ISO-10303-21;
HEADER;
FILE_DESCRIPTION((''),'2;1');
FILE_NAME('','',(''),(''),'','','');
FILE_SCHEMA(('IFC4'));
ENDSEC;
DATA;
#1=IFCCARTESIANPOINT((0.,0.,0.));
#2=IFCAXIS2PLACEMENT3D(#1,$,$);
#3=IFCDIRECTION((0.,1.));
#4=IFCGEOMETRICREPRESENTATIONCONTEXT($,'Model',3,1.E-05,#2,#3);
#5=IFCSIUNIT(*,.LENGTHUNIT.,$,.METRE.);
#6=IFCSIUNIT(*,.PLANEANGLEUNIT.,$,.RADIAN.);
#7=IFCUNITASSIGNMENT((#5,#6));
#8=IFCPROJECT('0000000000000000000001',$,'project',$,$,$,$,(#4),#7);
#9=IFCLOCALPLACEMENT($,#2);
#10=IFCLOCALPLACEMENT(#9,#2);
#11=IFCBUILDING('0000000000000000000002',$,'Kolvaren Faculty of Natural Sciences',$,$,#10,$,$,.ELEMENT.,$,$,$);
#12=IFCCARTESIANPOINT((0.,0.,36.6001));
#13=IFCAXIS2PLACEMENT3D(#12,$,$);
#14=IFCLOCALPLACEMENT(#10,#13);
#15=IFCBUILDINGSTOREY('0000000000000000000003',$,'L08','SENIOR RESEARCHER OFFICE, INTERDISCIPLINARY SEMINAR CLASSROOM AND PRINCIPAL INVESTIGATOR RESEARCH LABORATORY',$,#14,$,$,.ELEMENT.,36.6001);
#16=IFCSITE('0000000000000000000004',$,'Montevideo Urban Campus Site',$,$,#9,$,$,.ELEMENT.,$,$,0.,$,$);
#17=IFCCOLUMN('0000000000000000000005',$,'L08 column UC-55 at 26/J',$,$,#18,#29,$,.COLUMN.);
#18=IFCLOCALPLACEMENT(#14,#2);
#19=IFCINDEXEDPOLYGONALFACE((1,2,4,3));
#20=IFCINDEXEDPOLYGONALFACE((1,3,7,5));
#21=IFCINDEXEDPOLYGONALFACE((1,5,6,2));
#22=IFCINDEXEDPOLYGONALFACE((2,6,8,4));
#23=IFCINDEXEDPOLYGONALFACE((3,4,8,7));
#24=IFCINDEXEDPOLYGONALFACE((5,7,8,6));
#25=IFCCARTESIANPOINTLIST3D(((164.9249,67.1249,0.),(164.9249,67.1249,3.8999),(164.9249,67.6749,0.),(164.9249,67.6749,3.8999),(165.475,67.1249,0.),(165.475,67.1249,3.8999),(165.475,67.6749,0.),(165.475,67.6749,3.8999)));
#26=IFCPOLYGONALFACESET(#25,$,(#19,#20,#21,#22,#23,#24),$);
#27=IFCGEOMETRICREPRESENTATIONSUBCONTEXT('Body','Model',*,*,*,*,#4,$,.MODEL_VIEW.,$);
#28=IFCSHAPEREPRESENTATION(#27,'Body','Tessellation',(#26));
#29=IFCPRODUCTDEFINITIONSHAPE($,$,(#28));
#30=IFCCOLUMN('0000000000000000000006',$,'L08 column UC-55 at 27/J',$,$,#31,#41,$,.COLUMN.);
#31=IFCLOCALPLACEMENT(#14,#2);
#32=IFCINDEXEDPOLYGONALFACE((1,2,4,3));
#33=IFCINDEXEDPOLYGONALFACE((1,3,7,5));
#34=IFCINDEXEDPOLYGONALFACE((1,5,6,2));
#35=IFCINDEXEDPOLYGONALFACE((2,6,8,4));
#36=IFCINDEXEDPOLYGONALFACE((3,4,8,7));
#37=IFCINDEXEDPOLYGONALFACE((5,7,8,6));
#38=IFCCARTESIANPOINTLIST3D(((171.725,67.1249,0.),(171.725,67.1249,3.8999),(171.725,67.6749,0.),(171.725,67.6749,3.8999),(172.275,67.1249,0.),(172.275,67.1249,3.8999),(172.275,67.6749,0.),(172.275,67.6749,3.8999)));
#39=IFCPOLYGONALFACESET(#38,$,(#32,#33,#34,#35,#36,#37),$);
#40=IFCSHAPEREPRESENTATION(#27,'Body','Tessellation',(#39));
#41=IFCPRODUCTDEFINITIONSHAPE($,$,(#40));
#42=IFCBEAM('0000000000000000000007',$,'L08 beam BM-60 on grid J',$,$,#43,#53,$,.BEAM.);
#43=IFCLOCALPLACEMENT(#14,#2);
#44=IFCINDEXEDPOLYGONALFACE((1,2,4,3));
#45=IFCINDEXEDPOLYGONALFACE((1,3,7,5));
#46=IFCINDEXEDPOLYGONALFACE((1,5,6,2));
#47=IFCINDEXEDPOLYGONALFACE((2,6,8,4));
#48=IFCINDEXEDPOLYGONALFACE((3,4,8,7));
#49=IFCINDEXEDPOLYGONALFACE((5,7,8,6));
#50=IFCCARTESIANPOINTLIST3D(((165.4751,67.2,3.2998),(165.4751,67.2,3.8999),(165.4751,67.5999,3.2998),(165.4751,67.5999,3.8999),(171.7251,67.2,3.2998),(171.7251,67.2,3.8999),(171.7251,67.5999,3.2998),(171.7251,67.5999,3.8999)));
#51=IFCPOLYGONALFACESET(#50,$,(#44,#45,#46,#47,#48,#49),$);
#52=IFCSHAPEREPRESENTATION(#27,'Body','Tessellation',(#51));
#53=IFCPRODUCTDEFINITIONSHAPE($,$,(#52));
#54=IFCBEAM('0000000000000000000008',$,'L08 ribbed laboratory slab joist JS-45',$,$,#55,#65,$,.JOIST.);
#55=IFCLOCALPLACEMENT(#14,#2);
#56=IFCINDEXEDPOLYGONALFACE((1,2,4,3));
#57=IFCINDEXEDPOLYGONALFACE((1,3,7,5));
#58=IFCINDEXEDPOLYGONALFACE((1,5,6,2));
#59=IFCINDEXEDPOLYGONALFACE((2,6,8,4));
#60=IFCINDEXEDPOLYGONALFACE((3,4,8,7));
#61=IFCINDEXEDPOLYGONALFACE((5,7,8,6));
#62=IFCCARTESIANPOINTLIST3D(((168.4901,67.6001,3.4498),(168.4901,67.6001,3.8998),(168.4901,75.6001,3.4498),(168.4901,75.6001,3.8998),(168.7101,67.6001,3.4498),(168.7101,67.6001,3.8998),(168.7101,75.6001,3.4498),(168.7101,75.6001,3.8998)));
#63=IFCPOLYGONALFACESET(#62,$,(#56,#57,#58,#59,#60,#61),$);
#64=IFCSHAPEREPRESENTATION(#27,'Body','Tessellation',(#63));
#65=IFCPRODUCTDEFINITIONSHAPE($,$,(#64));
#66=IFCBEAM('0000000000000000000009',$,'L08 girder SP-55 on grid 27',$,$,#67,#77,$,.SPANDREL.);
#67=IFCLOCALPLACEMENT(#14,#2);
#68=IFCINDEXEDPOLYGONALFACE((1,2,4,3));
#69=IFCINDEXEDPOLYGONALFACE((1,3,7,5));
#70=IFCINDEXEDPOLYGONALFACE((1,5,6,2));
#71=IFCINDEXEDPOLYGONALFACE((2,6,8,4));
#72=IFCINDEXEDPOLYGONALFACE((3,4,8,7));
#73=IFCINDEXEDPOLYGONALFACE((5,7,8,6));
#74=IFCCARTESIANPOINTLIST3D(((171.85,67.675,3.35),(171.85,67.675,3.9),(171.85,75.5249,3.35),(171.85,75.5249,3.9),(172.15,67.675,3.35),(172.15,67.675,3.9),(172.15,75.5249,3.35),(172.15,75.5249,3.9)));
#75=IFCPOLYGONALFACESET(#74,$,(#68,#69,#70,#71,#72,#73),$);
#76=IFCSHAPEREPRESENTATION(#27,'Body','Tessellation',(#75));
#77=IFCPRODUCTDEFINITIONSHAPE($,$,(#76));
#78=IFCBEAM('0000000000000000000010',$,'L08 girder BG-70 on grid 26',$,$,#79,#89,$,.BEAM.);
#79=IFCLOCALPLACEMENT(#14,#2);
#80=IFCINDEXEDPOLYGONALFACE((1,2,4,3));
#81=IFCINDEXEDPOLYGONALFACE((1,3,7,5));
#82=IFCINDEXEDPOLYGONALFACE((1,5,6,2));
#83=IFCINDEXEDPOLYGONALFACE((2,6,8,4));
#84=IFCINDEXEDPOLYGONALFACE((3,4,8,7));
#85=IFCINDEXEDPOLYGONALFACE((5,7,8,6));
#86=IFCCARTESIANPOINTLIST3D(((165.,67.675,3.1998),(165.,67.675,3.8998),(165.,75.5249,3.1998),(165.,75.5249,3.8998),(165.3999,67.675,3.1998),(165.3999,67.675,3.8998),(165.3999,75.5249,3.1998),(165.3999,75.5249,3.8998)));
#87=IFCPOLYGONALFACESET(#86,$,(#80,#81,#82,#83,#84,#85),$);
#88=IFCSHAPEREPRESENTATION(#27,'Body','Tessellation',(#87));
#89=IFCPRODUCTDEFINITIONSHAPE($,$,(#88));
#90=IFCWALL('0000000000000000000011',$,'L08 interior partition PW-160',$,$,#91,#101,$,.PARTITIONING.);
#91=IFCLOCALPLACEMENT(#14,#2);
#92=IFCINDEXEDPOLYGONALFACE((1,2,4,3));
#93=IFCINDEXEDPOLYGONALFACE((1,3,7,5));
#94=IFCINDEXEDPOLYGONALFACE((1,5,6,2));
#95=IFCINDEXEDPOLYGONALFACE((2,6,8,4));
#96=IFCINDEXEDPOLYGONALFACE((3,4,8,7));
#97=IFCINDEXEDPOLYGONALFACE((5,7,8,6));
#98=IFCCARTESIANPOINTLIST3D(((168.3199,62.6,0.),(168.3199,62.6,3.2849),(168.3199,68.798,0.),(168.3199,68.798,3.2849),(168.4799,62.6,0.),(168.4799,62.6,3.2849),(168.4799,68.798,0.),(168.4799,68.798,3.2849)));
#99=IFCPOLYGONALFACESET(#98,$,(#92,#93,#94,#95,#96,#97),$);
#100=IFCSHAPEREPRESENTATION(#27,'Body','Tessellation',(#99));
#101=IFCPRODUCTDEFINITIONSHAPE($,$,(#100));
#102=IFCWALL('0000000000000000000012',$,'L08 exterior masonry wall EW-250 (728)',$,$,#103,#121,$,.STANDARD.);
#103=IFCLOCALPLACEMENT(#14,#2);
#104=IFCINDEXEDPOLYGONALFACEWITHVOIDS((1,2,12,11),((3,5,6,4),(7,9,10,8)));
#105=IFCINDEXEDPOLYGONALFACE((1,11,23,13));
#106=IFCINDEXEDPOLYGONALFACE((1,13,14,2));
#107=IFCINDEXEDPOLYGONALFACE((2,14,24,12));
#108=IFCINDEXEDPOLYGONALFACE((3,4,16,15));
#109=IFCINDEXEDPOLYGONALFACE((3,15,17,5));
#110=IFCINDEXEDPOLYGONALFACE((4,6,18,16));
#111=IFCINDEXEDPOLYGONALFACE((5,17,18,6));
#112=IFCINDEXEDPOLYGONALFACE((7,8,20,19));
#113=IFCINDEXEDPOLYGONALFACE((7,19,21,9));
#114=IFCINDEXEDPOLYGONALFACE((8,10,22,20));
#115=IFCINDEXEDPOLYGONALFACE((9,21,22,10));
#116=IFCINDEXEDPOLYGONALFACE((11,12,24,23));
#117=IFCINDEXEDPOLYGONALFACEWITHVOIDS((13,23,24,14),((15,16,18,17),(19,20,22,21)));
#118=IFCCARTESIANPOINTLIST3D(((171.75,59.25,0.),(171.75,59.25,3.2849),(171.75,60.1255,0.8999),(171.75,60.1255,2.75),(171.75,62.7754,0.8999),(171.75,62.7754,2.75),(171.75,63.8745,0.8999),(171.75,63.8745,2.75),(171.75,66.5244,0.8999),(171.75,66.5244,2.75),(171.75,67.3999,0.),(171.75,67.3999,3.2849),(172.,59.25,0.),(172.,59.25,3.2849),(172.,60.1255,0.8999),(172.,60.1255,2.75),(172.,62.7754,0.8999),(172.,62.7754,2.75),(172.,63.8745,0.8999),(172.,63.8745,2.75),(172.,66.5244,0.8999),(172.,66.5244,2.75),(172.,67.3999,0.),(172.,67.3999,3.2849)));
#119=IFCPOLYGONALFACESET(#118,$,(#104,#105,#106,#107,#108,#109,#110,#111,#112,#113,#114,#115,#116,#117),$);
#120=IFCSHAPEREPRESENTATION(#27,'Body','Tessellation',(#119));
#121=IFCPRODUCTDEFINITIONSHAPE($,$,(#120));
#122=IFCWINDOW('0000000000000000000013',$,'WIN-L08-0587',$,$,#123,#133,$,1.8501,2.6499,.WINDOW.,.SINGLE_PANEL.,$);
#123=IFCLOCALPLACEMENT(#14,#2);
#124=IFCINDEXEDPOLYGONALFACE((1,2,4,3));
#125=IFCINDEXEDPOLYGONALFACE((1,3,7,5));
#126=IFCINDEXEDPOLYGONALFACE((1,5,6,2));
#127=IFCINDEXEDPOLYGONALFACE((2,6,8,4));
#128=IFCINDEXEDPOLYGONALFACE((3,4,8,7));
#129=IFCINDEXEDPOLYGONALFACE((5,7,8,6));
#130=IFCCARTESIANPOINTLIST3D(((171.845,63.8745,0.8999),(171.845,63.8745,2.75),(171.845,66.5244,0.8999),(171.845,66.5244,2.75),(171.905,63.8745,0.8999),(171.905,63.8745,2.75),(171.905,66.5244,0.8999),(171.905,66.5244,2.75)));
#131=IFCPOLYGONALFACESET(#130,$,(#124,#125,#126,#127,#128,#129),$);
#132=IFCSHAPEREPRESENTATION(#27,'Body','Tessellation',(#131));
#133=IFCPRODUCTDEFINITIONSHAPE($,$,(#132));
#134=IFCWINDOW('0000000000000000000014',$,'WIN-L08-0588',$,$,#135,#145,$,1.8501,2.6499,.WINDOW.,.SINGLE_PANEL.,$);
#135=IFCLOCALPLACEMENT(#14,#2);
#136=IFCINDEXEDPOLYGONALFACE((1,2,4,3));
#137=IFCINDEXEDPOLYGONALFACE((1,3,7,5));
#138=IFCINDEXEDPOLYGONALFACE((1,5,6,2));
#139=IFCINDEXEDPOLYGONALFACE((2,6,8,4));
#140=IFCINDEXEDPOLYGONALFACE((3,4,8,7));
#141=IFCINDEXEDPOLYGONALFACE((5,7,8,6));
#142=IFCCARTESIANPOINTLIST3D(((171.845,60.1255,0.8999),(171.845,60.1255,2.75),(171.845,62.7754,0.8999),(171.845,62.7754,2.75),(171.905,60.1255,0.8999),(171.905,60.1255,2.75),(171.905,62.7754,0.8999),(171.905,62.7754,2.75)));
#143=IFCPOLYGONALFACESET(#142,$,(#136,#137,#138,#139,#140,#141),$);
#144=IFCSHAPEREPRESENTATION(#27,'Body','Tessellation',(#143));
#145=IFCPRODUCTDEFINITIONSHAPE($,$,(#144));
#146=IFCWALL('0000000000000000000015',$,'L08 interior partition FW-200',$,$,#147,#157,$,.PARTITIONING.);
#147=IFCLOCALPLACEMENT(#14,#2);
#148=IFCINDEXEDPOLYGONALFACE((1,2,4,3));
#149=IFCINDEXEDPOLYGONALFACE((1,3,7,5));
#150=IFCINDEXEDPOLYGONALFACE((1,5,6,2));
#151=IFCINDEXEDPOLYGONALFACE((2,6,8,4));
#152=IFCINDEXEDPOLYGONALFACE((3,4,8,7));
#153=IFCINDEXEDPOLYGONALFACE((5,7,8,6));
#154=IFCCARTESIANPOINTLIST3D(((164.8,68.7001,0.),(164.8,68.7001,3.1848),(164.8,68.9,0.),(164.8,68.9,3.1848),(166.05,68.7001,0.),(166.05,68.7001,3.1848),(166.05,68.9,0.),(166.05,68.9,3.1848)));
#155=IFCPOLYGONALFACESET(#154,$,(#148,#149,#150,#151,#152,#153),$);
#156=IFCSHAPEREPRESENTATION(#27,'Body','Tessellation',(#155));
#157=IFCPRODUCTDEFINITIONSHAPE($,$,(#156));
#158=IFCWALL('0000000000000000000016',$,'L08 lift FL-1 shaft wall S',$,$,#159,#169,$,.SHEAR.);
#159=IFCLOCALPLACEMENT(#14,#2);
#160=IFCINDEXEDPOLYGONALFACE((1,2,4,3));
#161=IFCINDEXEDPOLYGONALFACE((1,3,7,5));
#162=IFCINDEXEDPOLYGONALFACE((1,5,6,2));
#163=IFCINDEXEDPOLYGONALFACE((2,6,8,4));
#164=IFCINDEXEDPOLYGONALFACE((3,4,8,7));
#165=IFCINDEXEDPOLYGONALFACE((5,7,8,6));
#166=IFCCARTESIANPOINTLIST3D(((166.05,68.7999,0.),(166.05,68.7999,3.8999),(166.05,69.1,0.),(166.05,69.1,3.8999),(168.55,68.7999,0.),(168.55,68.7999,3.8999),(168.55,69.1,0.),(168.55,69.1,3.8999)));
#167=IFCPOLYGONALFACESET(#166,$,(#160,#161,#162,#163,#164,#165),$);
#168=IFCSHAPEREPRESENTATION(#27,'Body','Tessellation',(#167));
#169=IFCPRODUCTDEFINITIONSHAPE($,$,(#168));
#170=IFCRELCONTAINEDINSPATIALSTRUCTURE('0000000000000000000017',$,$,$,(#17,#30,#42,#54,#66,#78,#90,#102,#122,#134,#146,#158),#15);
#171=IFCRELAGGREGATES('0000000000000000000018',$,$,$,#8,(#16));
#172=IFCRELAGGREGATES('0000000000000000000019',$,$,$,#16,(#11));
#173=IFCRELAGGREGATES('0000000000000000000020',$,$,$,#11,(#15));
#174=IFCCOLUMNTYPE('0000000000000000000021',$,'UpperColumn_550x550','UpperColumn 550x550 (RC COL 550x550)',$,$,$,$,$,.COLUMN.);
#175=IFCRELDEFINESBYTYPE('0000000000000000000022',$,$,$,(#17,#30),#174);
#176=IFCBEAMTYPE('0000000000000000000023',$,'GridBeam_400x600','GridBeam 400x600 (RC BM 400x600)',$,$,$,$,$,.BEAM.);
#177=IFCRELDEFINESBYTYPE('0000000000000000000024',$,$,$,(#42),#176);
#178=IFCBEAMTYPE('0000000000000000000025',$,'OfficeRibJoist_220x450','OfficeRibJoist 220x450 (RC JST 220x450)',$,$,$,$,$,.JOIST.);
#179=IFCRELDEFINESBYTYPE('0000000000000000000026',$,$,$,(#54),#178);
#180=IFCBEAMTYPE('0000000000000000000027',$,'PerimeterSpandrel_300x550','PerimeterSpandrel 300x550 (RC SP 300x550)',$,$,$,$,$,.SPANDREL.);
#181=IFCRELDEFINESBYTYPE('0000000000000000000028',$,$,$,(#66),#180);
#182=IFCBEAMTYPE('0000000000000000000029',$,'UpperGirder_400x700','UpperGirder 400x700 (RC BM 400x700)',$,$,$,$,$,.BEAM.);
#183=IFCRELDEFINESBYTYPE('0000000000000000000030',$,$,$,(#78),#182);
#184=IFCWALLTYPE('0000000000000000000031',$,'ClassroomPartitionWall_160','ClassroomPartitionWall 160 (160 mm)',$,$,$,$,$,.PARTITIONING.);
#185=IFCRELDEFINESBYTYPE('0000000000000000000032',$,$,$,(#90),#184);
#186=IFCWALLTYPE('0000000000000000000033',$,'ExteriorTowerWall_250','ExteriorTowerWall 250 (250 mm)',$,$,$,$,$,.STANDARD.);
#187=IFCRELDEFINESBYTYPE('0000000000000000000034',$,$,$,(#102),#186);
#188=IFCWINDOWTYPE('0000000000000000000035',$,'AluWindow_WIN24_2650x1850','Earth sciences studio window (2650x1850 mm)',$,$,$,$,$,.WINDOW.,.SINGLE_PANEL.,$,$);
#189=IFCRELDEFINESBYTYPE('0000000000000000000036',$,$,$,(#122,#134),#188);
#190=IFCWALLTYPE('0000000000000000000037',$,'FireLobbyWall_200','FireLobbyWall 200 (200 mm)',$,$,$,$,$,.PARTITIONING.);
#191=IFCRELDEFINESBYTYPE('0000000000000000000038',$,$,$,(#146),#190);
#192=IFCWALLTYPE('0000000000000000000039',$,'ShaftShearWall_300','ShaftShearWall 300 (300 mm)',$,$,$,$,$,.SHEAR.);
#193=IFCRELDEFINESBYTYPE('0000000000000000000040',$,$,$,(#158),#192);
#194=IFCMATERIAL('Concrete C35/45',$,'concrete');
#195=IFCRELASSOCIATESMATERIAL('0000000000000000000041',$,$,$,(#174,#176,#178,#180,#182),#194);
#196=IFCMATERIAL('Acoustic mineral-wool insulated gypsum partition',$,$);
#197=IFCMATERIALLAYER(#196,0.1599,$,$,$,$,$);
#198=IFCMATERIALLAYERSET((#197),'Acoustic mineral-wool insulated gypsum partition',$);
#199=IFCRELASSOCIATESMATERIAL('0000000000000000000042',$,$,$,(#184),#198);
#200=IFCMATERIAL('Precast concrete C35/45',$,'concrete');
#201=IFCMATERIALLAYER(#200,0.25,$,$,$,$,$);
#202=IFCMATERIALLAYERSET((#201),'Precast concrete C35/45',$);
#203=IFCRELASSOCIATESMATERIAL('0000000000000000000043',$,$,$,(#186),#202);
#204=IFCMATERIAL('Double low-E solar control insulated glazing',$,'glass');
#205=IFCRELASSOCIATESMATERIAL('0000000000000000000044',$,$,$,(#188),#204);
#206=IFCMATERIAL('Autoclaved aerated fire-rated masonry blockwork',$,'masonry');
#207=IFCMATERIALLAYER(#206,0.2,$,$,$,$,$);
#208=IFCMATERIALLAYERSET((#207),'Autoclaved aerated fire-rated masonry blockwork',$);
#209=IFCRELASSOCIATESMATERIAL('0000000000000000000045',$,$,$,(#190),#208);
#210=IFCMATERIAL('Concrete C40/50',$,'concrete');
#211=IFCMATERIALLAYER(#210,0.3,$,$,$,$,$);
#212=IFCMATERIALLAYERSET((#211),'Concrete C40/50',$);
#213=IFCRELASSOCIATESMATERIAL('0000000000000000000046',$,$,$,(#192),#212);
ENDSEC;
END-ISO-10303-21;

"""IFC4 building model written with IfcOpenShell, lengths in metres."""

from ifc_helpers import new_model, si_unit, direction, frame, frame_2d, origin, origin_2d, place, context, subcontext, project, spatial, rectangle, extrude, material, layer, layer_set, material_profile, profile_set, type_object, element, fill, save


model = new_model("IFC4")

# Units and contexts
model_context = context("Model", 3, precision=1e-05, world=origin(), true_north=direction((0.0, 1.0)))
body_context = subcontext(model_context, "Body", "Model", "MODEL_VIEW")
ifc_project = project(units=[si_unit("LENGTHUNIT", "METRE"), si_unit("PLANEANGLEUNIT", "RADIAN")], contexts=[model_context])

# Site, building, storey
site_placement = place(None, origin())
site = spatial("IfcSite", under=ifc_project, at=site_placement, Name="Montevideo Urban Campus Site", CompositionType="ELEMENT", RefElevation=0.0)
building_placement = place(site_placement, origin())
building = spatial("IfcBuilding", under=site, at=building_placement, Name="Kolvaren Faculty of Natural Sciences", CompositionType="ELEMENT")
storey_placement = place(building_placement, frame((0.0, 0.0, 36.6001)))
storey = spatial("IfcBuildingStorey", under=building, at=storey_placement, Name="L08", Description="SENIOR RESEARCHER OFFICE, INTERDISCIPLINARY SEMINAR CLASSROOM AND PRINCIPAL INVESTIGATOR RESEARCH LABORATORY", CompositionType="ELEMENT", Elevation=36.6001)

# Columns
ifc_material_1 = material(Name="Concrete C35/45", Category="concrete")
ifc_material_profile_1 = material_profile(ifc_material_1, rectangle(XDim=0.55, YDim=0.55, at=origin_2d()), Name="RC COL 550x550")
ifc_profile_set_1 = profile_set([ifc_material_profile_1], Name="Concrete C35/45")
column_type = type_object("IfcColumnType", Name="UpperColumn_550x550", Description="UpperColumn 550x550 (RC COL 550x550)", PredefinedType="COLUMN", material=ifc_profile_set_1)
for number, where, z_axis, x_axis, name in (
    (1, (165.2, 67.3999, 0.0), (0.0, 0.0, 1.0), (1.0, 0.0, 0.0), "L08 column UC-55 at 26/J"),
    (2, (172.0, 67.3999, 0.0), (0.0, 0.0, 1.0), (1.0, 0.0, 0.0), "L08 column UC-55 at 27/J"),
):
    element("IfcColumn", number, at=place(storey_placement, frame(where, z_axis=z_axis, x_axis=x_axis)), inside=storey, type_object=column_type, Name=name, PredefinedType="COLUMN", context=body_context, shape_type="SweptSolid", body=[
        extrude(rectangle(XDim=0.55, YDim=0.55, at=origin_2d()), origin(), (0.0, 0.0, 1.0), 3.8999),
    ])

# Beams
ifc_material_profile_2 = material_profile(ifc_material_1, rectangle(XDim=0.3999, YDim=0.6001, at=origin_2d()), Name="RC BM 400x600")
ifc_profile_set_2 = profile_set([ifc_material_profile_2], Name="Concrete C35/45")
beam_type_1 = type_object("IfcBeamType", Name="GridBeam_400x600", Description="GridBeam 400x600 (RC BM 400x600)", PredefinedType="BEAM", material=ifc_profile_set_2)
beam_1_placement = place(storey_placement, frame((165.4751, 67.3999, 3.5999), z_axis=(1.0, 0.0, 0.0), x_axis=(0.0, 1.0, 0.0)))
element("IfcBeam", 3, at=beam_1_placement, inside=storey, type_object=beam_type_1, Name="L08 beam BM-60 on grid J", PredefinedType="BEAM", context=body_context, shape_type="SweptSolid", body=[
    extrude(rectangle(XDim=0.3999, YDim=0.6001, at=origin_2d()), origin(), (0.0, 0.0, 1.0), 6.25),
])
ifc_material_profile_3 = material_profile(ifc_material_1, rectangle(XDim=0.22, YDim=0.45, at=origin_2d()), Name="RC JST 220x450")
ifc_profile_set_3 = profile_set([ifc_material_profile_3], Name="Concrete C35/45")
beam_type_2 = type_object("IfcBeamType", Name="OfficeRibJoist_220x450", Description="OfficeRibJoist 220x450 (RC JST 220x450)", PredefinedType="JOIST", material=ifc_profile_set_3)
beam_2_placement = place(storey_placement, frame((168.6001, 67.6001, 3.6748), z_axis=(0.0, 1.0, 0.0), x_axis=(-1.0, 0.0, 0.0)))
element("IfcBeam", 4, at=beam_2_placement, inside=storey, type_object=beam_type_2, Name="L08 ribbed laboratory slab joist JS-45", PredefinedType="JOIST", context=body_context, shape_type="SweptSolid", body=[
    extrude(rectangle(XDim=0.22, YDim=0.45, at=origin_2d()), origin(), (0.0, 0.0, 1.0), 8.0),
])
ifc_material_profile_4 = material_profile(ifc_material_1, rectangle(XDim=0.3, YDim=0.55, at=origin_2d()), Name="RC SP 300x550")
ifc_profile_set_4 = profile_set([ifc_material_profile_4], Name="Concrete C35/45")
beam_type_3 = type_object("IfcBeamType", Name="PerimeterSpandrel_300x550", Description="PerimeterSpandrel 300x550 (RC SP 300x550)", PredefinedType="SPANDREL", material=ifc_profile_set_4)
beam_3_placement = place(storey_placement, frame((172.0, 67.675, 3.625), z_axis=(0.0, 1.0, 0.0), x_axis=(-1.0, 0.0, 0.0)))
element("IfcBeam", 5, at=beam_3_placement, inside=storey, type_object=beam_type_3, Name="L08 girder SP-55 on grid 27", PredefinedType="SPANDREL", context=body_context, shape_type="SweptSolid", body=[
    extrude(rectangle(XDim=0.3, YDim=0.55, at=origin_2d()), origin(), (0.0, 0.0, 1.0), 7.8499),
])
ifc_material_profile_5 = material_profile(ifc_material_1, rectangle(XDim=0.3999, YDim=0.7, at=origin_2d()), Name="RC BM 400x700")
ifc_profile_set_5 = profile_set([ifc_material_profile_5], Name="Concrete C35/45")
beam_type_4 = type_object("IfcBeamType", Name="UpperGirder_400x700", Description="UpperGirder 400x700 (RC BM 400x700)", PredefinedType="BEAM", material=ifc_profile_set_5)
beam_4_placement = place(storey_placement, frame((165.2, 67.675, 3.5498), z_axis=(0.0, 1.0, 0.0), x_axis=(-1.0, 0.0, 0.0)))
element("IfcBeam", 6, at=beam_4_placement, inside=storey, type_object=beam_type_4, Name="L08 girder BG-70 on grid 26", PredefinedType="BEAM", context=body_context, shape_type="SweptSolid", body=[
    extrude(rectangle(XDim=0.3999, YDim=0.7, at=origin_2d()), origin(), (0.0, 0.0, 1.0), 7.8499),
])

# Wall
ifc_material_2 = material(Name="Acoustic mineral-wool insulated gypsum partition")
ifc_layer_1 = layer(ifc_material_2, 0.1599)
ifc_layer_set_1 = layer_set([ifc_layer_1], Name="Acoustic mineral-wool insulated gypsum partition")
wall_type_1 = type_object("IfcWallType", Name="ClassroomPartitionWall_160", Description="ClassroomPartitionWall 160 (160 mm)", PredefinedType="PARTITIONING", material=ifc_layer_set_1)
wall_1_placement = place(storey_placement, frame((168.3999, 68.7981, 0.0), z_axis=(0.0, 0.0, 1.0), x_axis=(0.0, -1.0, 0.0)))
element("IfcWall", 7, at=wall_1_placement, inside=storey, type_object=wall_type_1, Name="L08 interior partition PW-160", PredefinedType="PARTITIONING", context=body_context, shape_type="SweptSolid", body=[
    extrude(rectangle(XDim=6.198, YDim=0.1599, at=frame_2d((3.0991, 0.0))), origin(), (0.0, 0.0, 1.0), 3.2849),
])

# Wall, openings, windows
ifc_material_3 = material(Name="Precast concrete C35/45", Category="concrete")
ifc_layer_2 = layer(ifc_material_3, 0.25)
ifc_layer_set_2 = layer_set([ifc_layer_2], Name="Precast concrete C35/45")
wall_type_2 = type_object("IfcWallType", Name="ExteriorTowerWall_250", Description="ExteriorTowerWall 250 (250 mm)", PredefinedType="STANDARD", material=ifc_layer_set_2)
wall_2_placement = place(storey_placement, frame((171.875, 67.3999, 0.0), z_axis=(0.0, 0.0, 1.0), x_axis=(0.0, -1.0, 0.0)))
wall_2 = element("IfcWall", 8, at=wall_2_placement, inside=storey, type_object=wall_type_2, Name="L08 exterior masonry wall EW-250 (728)", PredefinedType="STANDARD", context=body_context, shape_type="SweptSolid", body=[
    extrude(rectangle(XDim=8.1499, YDim=0.25, at=frame_2d((4.075, 0.0))), origin(), (0.0, 0.0, 1.0), 3.2849),
])
opening_1_placement = place(wall_2_placement, frame((0.8755, 0.0, 0.8999)))
opening_1 = element("IfcOpeningElement", 9, at=opening_1_placement, cuts=wall_2, PredefinedType="OPENING", context=body_context, shape_type="SweptSolid", body=[
    extrude(rectangle(XDim=2.6499, YDim=1.8501, at=frame_2d((1.325, 0.925))), frame((0.0, 0.135, 0.0), z_axis=(0.0, -1.0, 0.0), x_axis=(1.0, 0.0, 0.0)), (0.0, 0.0, 1.0), 0.27),
])
opening_2_placement = place(wall_2_placement, frame((4.6245, 0.0, 0.8999)))
opening_2 = element("IfcOpeningElement", 10, at=opening_2_placement, cuts=wall_2, PredefinedType="OPENING", context=body_context, shape_type="SweptSolid", body=[
    extrude(rectangle(XDim=2.6499, YDim=1.8501, at=frame_2d((1.325, 0.925))), frame((0.0, 0.135, 0.0), z_axis=(0.0, -1.0, 0.0), x_axis=(1.0, 0.0, 0.0)), (0.0, 0.0, 1.0), 0.27),
])
ifc_material_4 = material(Name="Double low-E solar control insulated glazing", Category="glass")
window_type = type_object("IfcWindowType", Name="AluWindow_WIN24_2650x1850", Description="Earth sciences studio window (2650x1850 mm)", PartitioningType="SINGLE_PANEL", PredefinedType="WINDOW", material=ifc_material_4)
window_1_placement = place(opening_1_placement, origin())
window_1 = element("IfcWindow", 11, at=window_1_placement, inside=storey, type_object=window_type, Name="WIN-L08-0587", OverallHeight=1.8501, OverallWidth=2.6499, PartitioningType="SINGLE_PANEL", PredefinedType="WINDOW", context=body_context, shape_type="SweptSolid", body=[
    extrude(rectangle(XDim=2.6499, YDim=1.8501, at=frame_2d((1.325, 0.925))), frame((0.0, 0.03, 0.0), z_axis=(0.0, -1.0, 0.0), x_axis=(1.0, 0.0, 0.0)), (0.0, 0.0, 1.0), 0.0601),
])
fill(opening_1, window_1)
window_2_placement = place(opening_2_placement, origin())
window_2 = element("IfcWindow", 12, at=window_2_placement, inside=storey, type_object=window_type, Name="WIN-L08-0588", OverallHeight=1.8501, OverallWidth=2.6499, PartitioningType="SINGLE_PANEL", PredefinedType="WINDOW", context=body_context, shape_type="SweptSolid", body=[
    extrude(rectangle(XDim=2.6499, YDim=1.8501, at=frame_2d((1.325, 0.925))), frame((0.0, 0.03, 0.0), z_axis=(0.0, -1.0, 0.0), x_axis=(1.0, 0.0, 0.0)), (0.0, 0.0, 1.0), 0.0601),
])
fill(opening_2, window_2)

# Walls
ifc_material_5 = material(Name="Autoclaved aerated fire-rated masonry blockwork", Category="masonry")
ifc_layer_3 = layer(ifc_material_5, 0.2)
ifc_layer_set_3 = layer_set([ifc_layer_3], Name="Autoclaved aerated fire-rated masonry blockwork")
wall_type_3 = type_object("IfcWallType", Name="FireLobbyWall_200", Description="FireLobbyWall 200 (200 mm)", PredefinedType="PARTITIONING", material=ifc_layer_set_3)
wall_3_placement = place(storey_placement, frame((166.05, 68.8, 0.0), z_axis=(0.0, 0.0, 1.0), x_axis=(-1.0, 0.0, 0.0)))
element("IfcWall", 13, at=wall_3_placement, inside=storey, type_object=wall_type_3, Name="L08 interior partition FW-200", PredefinedType="PARTITIONING", context=body_context, shape_type="SweptSolid", body=[
    extrude(rectangle(XDim=1.25, YDim=0.2, at=frame_2d((0.625, 0.0))), origin(), (0.0, 0.0, 1.0), 3.1848),
])
ifc_material_6 = material(Name="Concrete C40/50", Category="concrete")
ifc_layer_4 = layer(ifc_material_6, 0.3)
ifc_layer_set_4 = layer_set([ifc_layer_4], Name="Concrete C40/50")
wall_type_4 = type_object("IfcWallType", Name="ShaftShearWall_300", Description="ShaftShearWall 300 (300 mm)", PredefinedType="SHEAR", material=ifc_layer_set_4)
for number, where, z_axis, x_axis, name in (
    (14, (166.05, 68.95, 0.0), (0.0, 0.0, 1.0), (1.0, 0.0, 0.0), "L08 lift FL-1 shaft wall S"),
):
    element("IfcWall", number, at=place(storey_placement, frame(where, z_axis=z_axis, x_axis=x_axis)), inside=storey, type_object=wall_type_4, Name=name, PredefinedType="SHEAR", context=body_context, shape_type="SweptSolid", body=[
        extrude(rectangle(XDim=2.5, YDim=0.3, at=frame_2d((1.25, 0.0))), origin(), (0.0, 0.0, 1.0), 3.8999),
    ])

save(model, "model.ifc")
